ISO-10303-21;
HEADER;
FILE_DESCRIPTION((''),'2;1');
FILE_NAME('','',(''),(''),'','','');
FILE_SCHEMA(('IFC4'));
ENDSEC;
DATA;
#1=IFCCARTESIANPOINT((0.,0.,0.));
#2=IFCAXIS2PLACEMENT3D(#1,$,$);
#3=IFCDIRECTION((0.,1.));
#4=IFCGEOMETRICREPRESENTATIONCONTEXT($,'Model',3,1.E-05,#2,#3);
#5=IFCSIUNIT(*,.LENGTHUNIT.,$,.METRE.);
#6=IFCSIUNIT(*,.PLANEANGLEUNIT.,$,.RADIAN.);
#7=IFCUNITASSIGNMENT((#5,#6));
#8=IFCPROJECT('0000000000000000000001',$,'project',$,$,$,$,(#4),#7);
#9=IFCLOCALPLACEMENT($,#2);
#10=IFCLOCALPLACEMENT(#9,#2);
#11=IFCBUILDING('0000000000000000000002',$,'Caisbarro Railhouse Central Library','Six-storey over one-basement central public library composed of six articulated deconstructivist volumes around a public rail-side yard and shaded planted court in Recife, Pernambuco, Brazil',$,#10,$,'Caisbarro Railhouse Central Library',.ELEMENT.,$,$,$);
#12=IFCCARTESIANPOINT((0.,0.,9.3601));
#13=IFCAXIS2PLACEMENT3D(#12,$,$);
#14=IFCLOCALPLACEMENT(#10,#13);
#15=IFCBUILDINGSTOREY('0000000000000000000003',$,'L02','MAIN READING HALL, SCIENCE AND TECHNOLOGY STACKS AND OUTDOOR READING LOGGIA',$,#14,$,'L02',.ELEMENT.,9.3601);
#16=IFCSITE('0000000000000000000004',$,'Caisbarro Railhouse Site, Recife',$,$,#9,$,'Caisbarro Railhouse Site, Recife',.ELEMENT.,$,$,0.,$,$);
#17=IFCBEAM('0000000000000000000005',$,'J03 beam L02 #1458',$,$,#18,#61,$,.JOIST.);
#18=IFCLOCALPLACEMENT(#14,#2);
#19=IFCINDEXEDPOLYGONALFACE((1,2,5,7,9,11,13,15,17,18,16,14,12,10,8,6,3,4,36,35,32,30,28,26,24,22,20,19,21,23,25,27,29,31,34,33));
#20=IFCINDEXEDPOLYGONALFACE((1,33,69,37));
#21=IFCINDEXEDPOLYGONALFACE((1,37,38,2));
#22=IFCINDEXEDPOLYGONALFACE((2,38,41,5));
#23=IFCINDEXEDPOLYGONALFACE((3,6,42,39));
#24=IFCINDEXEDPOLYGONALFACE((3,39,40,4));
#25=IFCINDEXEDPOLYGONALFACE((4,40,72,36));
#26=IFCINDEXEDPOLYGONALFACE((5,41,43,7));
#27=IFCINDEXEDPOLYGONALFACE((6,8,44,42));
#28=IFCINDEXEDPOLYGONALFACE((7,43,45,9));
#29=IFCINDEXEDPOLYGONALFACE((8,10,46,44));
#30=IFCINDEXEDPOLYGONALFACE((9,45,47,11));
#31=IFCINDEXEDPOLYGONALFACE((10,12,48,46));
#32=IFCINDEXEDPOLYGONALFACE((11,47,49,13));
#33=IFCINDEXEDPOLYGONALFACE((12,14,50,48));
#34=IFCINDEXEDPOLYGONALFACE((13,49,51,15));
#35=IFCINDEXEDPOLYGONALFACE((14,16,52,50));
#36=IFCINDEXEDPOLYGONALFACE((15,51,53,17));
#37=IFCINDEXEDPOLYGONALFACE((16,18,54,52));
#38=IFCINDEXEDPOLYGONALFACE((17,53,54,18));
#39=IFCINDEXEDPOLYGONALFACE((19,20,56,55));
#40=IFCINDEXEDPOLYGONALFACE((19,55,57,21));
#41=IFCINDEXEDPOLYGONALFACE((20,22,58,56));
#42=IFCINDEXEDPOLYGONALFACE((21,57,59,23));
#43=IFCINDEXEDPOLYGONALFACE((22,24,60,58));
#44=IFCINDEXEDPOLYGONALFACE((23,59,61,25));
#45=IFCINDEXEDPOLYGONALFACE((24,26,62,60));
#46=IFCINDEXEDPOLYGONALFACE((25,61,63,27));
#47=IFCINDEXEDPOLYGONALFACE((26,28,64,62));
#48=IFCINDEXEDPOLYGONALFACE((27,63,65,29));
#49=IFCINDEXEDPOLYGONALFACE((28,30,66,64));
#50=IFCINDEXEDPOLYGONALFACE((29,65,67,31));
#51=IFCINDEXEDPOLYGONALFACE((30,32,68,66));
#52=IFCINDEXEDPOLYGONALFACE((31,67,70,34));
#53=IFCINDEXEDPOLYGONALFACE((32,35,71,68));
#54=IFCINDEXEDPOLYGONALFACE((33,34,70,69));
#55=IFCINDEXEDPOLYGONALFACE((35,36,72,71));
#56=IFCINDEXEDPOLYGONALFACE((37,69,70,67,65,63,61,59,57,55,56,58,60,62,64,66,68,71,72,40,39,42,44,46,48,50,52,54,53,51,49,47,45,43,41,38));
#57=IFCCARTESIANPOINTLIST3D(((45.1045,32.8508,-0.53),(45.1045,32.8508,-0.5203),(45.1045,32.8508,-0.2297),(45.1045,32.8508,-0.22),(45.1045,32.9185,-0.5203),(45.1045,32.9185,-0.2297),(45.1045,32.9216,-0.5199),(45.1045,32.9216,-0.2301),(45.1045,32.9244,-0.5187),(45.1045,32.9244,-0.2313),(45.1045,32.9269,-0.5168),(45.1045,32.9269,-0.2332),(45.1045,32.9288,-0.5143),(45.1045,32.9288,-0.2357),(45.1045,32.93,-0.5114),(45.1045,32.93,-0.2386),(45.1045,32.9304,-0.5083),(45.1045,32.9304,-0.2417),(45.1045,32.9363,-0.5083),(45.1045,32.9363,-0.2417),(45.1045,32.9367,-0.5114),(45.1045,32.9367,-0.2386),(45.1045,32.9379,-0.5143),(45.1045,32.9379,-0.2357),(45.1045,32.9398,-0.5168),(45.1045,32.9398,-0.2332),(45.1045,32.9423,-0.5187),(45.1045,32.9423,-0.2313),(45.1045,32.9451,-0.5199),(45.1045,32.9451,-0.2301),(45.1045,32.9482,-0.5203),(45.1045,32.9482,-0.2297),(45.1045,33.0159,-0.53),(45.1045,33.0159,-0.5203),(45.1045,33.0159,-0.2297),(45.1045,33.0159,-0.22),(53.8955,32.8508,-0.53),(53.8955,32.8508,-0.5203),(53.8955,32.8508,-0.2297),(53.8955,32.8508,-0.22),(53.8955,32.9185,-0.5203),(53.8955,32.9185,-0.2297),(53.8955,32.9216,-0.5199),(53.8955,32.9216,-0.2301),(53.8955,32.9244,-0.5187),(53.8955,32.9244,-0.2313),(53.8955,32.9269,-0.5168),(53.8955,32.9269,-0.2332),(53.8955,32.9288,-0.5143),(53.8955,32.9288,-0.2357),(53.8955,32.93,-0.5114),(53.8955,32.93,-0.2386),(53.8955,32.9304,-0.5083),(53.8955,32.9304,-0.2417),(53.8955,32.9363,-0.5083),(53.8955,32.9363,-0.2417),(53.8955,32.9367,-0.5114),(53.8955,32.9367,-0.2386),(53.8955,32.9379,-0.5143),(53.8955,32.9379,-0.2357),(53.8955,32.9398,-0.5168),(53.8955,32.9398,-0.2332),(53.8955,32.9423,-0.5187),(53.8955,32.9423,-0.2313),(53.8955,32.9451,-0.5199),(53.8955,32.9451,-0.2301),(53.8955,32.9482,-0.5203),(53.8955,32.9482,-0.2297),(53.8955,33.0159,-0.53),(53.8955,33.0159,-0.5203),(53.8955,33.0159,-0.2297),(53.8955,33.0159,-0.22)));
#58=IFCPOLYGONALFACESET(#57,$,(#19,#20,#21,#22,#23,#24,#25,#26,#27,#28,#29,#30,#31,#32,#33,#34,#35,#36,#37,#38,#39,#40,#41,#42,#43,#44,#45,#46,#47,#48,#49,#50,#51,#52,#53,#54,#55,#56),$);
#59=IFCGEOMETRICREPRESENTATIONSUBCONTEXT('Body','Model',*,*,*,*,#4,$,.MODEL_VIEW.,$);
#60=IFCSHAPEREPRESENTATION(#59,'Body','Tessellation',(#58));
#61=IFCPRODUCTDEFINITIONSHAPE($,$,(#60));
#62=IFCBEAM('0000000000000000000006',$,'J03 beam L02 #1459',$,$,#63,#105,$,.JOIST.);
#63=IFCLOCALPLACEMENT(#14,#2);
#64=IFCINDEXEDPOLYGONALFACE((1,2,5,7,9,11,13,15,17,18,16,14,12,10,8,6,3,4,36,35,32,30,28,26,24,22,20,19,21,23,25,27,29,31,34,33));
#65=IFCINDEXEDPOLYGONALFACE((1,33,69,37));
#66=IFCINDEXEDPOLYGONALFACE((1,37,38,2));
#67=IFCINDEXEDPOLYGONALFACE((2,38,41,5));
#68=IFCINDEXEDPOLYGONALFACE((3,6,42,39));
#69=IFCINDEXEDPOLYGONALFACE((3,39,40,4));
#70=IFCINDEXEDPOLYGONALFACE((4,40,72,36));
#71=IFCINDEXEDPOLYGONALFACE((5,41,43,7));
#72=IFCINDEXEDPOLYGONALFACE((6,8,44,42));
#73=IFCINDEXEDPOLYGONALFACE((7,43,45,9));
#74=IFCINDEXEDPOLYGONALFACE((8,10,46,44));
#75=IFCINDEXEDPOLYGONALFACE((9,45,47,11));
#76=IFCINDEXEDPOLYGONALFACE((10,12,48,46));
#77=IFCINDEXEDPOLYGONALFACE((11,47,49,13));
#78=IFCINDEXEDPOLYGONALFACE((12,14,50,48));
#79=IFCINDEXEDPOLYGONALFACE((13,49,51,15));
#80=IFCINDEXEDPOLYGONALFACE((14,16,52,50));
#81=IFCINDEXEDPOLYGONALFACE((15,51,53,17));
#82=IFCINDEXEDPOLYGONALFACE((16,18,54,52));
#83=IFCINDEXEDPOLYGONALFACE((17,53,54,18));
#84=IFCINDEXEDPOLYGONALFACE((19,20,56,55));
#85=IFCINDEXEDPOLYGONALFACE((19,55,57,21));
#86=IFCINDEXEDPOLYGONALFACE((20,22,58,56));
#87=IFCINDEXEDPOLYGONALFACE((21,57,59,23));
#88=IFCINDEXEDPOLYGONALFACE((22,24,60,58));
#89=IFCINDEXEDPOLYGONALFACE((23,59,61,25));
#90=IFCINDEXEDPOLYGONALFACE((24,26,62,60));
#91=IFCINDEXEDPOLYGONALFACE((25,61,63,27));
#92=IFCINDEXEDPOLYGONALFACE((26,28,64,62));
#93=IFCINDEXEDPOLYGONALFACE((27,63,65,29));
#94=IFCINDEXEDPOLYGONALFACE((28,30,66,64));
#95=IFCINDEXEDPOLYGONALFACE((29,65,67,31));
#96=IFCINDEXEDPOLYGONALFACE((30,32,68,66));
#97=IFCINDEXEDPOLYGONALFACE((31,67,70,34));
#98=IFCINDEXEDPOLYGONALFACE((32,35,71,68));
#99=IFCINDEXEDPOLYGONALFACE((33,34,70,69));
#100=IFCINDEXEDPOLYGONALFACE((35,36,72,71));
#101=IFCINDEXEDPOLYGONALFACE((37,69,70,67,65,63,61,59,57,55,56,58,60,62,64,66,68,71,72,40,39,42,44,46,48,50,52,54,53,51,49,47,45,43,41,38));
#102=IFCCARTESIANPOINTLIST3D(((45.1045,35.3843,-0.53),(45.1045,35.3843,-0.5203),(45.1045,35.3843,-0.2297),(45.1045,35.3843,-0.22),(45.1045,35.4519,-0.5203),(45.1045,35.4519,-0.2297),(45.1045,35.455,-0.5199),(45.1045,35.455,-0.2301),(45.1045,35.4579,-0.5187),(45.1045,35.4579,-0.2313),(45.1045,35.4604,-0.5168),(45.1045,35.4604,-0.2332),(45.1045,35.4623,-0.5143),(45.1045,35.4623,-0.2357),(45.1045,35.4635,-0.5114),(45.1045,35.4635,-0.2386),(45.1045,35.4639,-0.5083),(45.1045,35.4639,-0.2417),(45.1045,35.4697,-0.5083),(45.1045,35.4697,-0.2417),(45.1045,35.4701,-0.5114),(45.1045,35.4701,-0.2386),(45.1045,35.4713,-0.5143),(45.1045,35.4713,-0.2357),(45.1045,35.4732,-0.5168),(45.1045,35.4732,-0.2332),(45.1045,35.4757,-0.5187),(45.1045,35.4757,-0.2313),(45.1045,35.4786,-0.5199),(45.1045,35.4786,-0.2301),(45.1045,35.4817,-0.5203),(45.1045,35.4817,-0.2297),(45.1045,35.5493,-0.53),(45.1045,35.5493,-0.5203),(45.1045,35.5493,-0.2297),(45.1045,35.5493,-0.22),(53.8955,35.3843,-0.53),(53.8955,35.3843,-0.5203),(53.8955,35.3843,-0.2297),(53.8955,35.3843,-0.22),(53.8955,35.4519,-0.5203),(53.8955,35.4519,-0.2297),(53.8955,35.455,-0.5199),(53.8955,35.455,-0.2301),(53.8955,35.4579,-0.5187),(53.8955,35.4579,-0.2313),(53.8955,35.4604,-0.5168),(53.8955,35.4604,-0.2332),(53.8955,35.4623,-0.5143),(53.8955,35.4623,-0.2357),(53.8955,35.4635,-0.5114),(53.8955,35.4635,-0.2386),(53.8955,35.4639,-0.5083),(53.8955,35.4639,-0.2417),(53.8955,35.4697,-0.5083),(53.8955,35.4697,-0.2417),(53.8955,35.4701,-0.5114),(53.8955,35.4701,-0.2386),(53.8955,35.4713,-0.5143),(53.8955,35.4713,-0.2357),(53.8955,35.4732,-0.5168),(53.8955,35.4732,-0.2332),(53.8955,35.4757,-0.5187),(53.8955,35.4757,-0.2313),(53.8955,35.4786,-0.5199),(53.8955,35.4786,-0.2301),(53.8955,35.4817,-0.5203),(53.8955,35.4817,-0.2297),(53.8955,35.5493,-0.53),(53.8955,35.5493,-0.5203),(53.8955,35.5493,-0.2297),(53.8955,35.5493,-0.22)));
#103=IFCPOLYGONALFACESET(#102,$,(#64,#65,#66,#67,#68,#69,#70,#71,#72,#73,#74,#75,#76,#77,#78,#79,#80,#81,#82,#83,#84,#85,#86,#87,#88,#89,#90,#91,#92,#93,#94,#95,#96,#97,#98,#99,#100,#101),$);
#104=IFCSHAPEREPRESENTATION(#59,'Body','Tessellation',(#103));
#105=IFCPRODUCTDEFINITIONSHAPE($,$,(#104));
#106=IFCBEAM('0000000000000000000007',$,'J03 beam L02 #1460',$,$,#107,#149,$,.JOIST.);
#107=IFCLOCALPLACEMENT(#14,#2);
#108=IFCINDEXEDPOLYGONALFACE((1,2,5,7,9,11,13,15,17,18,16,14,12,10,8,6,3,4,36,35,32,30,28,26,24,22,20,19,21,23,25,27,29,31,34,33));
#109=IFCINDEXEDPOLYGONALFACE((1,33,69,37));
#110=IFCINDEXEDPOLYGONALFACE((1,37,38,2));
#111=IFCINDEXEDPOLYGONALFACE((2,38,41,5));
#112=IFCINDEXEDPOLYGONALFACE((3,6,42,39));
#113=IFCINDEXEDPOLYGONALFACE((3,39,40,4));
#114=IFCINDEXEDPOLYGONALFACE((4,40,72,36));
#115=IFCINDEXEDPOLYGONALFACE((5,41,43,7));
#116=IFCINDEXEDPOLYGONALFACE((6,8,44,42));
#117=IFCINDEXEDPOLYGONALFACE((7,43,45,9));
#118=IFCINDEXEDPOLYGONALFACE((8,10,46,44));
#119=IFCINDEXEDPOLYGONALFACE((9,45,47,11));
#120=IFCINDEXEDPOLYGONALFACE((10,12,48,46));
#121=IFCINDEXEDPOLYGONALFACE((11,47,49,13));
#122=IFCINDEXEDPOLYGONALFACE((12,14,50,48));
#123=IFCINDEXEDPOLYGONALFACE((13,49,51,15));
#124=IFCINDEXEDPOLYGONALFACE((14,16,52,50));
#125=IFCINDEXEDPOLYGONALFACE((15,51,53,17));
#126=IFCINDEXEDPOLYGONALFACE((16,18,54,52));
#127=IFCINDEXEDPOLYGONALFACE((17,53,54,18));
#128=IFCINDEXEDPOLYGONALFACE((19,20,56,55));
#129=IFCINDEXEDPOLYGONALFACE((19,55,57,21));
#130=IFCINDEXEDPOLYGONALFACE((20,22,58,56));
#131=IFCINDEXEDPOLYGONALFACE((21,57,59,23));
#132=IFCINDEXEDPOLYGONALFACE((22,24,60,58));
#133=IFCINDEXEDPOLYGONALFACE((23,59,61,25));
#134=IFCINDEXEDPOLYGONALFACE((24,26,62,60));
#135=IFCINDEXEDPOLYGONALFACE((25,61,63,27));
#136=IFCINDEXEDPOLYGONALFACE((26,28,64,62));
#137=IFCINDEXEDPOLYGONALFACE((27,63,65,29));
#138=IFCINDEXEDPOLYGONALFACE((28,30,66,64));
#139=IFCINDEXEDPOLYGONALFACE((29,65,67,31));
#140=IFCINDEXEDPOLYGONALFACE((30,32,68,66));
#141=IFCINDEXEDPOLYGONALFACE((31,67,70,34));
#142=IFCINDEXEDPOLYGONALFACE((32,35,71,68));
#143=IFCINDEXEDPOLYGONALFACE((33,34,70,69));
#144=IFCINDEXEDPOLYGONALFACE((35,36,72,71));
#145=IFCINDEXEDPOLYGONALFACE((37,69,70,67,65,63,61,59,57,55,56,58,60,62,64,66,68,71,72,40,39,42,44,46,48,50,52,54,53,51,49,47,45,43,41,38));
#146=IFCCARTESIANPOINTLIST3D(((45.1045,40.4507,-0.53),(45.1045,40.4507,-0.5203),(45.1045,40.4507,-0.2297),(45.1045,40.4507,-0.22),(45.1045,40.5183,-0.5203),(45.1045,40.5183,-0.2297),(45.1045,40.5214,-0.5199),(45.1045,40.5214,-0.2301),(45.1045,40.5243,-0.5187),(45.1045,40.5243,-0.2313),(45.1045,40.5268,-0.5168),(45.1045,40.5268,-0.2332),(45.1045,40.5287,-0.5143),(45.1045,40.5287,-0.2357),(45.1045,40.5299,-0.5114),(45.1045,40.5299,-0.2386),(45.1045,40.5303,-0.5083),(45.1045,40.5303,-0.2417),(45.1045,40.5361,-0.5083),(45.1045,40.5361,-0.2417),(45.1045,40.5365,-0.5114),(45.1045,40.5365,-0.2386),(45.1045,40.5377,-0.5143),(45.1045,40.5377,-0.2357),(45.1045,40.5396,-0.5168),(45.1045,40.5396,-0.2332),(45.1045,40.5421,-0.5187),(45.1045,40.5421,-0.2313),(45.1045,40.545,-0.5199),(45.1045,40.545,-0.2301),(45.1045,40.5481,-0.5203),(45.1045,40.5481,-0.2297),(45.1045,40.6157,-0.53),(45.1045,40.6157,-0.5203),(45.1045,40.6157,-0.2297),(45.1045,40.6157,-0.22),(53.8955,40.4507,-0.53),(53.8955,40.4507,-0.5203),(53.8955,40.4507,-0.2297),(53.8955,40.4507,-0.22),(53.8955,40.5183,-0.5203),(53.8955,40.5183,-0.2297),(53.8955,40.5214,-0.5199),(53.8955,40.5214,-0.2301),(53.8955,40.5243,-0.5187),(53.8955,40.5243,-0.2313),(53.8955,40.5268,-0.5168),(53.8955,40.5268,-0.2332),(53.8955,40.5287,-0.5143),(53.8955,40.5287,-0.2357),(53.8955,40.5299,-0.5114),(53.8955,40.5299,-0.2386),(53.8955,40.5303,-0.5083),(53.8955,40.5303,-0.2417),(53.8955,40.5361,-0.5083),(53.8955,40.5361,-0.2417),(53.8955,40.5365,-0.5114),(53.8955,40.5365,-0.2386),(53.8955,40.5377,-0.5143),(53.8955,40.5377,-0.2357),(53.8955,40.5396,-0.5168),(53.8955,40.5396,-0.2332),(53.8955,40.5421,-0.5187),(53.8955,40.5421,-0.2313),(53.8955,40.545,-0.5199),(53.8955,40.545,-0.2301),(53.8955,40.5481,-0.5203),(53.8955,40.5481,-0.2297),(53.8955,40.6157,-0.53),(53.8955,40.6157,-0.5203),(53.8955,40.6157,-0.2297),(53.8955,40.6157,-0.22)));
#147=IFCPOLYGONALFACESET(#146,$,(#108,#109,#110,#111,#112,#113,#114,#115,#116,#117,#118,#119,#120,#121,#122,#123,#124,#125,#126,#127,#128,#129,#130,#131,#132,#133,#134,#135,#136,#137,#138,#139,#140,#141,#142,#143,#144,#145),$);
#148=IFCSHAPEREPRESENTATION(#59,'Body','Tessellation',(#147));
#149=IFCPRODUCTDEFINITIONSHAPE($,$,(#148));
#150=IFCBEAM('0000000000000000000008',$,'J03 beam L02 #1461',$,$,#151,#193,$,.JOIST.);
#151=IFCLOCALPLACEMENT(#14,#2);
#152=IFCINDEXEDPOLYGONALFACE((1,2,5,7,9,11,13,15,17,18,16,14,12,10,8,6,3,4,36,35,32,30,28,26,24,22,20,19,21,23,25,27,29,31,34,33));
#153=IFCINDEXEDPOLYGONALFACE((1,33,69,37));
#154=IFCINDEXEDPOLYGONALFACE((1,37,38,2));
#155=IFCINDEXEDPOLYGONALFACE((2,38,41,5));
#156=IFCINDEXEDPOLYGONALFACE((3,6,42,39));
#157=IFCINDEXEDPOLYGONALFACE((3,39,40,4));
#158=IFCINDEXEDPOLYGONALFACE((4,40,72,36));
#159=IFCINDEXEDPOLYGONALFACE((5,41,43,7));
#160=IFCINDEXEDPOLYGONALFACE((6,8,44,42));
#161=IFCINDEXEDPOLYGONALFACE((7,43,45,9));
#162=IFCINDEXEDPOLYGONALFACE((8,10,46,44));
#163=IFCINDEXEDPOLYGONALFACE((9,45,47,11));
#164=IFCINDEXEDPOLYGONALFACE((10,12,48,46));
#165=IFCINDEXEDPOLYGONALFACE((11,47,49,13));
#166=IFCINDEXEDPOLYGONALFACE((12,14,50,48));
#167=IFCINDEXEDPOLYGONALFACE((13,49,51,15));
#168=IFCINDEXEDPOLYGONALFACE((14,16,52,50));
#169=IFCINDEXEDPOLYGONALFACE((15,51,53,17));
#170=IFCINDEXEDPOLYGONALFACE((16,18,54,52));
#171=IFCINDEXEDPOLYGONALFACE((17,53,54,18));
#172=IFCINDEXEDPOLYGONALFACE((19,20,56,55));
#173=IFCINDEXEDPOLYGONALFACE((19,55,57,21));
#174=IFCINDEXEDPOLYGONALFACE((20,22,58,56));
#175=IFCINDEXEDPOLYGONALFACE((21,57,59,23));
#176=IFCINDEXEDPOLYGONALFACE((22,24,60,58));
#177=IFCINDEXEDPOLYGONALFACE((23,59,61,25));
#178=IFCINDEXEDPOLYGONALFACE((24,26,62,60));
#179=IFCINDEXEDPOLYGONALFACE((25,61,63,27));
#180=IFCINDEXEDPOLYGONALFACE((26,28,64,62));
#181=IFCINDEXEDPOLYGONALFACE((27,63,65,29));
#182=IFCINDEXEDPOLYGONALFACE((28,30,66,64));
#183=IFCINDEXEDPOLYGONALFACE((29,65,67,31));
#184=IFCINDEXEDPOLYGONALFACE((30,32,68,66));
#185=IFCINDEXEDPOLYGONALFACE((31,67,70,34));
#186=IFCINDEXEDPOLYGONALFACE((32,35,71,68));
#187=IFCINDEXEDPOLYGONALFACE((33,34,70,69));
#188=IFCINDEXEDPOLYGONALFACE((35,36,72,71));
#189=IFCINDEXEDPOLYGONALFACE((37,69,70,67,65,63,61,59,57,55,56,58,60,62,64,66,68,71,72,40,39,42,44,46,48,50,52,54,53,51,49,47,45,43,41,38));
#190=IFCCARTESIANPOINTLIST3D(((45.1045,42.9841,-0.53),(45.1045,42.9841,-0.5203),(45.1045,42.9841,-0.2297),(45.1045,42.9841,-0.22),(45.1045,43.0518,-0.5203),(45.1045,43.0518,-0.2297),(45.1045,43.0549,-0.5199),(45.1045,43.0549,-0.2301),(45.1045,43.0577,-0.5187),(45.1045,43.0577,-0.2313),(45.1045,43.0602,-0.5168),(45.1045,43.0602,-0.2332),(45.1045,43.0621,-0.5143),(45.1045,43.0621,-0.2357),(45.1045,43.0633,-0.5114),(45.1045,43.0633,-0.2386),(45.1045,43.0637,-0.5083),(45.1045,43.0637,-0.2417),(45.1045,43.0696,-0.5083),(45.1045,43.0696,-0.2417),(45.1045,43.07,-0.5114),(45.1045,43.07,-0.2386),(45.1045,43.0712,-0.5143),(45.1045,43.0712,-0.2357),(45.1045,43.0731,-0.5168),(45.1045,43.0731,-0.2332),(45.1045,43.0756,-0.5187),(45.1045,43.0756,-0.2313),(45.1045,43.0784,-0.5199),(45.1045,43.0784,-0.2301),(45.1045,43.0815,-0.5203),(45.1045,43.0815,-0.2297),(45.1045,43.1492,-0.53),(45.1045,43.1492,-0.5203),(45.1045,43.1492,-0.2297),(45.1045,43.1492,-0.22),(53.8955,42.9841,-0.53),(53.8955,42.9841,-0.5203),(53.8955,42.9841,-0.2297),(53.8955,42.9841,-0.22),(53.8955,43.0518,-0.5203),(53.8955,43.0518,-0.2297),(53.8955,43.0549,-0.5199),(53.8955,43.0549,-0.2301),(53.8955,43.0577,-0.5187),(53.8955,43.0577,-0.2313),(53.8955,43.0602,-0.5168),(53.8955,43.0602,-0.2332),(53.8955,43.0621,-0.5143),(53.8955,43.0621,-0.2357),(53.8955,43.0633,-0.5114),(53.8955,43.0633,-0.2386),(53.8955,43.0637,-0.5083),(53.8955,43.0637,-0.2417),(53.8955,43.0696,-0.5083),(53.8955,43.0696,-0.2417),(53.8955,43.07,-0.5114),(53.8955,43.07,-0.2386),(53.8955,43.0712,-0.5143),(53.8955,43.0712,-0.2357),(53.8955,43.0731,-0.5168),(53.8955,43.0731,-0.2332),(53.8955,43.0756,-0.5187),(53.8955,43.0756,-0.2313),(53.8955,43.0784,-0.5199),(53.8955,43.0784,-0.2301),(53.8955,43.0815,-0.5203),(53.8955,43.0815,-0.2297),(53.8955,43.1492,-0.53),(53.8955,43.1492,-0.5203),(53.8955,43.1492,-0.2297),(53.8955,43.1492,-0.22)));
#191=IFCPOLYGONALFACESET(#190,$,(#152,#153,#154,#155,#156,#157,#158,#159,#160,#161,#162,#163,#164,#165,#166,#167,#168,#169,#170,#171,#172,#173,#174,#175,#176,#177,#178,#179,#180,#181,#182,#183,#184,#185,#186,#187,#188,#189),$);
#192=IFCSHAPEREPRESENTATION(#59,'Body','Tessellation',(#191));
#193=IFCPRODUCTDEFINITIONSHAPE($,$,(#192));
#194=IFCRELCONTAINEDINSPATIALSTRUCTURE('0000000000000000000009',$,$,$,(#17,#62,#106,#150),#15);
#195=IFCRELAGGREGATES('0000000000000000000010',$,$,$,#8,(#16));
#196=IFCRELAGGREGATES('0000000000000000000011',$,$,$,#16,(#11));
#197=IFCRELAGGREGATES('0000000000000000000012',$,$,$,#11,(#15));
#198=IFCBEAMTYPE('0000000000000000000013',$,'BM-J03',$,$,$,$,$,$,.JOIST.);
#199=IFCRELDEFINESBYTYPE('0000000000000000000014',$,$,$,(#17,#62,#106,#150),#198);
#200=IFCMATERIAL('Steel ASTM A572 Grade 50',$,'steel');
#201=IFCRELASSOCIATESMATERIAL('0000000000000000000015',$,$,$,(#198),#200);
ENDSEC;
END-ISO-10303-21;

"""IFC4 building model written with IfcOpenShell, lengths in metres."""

from ifc_helpers import new_model, si_unit, direction, frame, origin, origin_2d, place, context, subcontext, project, spatial, i_section, extrude, material, material_profile, profile_set, type_object, element, save


model = new_model("IFC4")

# Units and contexts
model_context = context("Model", 3, precision=1e-05, world=origin(), true_north=direction((0.0, 1.0)))
body_context = subcontext(model_context, "Body", "Model", "MODEL_VIEW")
ifc_project = project(units=[si_unit("LENGTHUNIT", "METRE"), si_unit("PLANEANGLEUNIT", "RADIAN")], contexts=[model_context])

# Site, building, storey
site_placement = place(None, origin())
site = spatial("IfcSite", under=ifc_project, at=site_placement, Name="Caisbarro Railhouse Site, Recife", LongName="Caisbarro Railhouse Site, Recife", CompositionType="ELEMENT", RefElevation=0.0)
building_placement = place(site_placement, origin())
building = spatial("IfcBuilding", under=site, at=building_placement, Name="Caisbarro Railhouse Central Library", Description="Six-storey over one-basement central public library composed of six articulated deconstructivist volumes around a public rail-side yard and shaded planted court in Recife, Pernambuco, Brazil", LongName="Caisbarro Railhouse Central Library", CompositionType="ELEMENT")
storey_placement = place(building_placement, frame((0.0, 0.0, 9.3601)))
storey = spatial("IfcBuildingStorey", under=building, at=storey_placement, Name="L02", Description="MAIN READING HALL, SCIENCE AND TECHNOLOGY STACKS AND OUTDOOR READING LOGGIA", LongName="L02", CompositionType="ELEMENT", Elevation=9.3601)

# Shared definitions
ifc_material_1 = material(Name="Steel ASTM A572 Grade 50", Category="steel")

# Beams
ifc_material_profile_1 = material_profile(ifc_material_1, i_section(OverallWidth=0.165, OverallDepth=0.3101, WebThickness=0.0059, FlangeThickness=0.0098, FilletRadius=0.012, at=origin_2d()), Name="W310X38.7")
ifc_profile_set_1 = profile_set([ifc_material_profile_1], Name="Steel ASTM A572 Grade 50")
beam_type_1 = type_object("IfcBeamType", Name="BM-J03", PredefinedType="JOIST", material=ifc_profile_set_1)
for number, where, z_axis, x_axis, name in (
    (1, (45.1045, 32.9333, -0.375), (1.0, 0.0, 0.0), (0.0, 1.0, 0.0), "J03 beam L02 #1458"),
    (2, (45.1045, 35.4668, -0.375), (1.0, 0.0, 0.0), (0.0, 1.0, 0.0), "J03 beam L02 #1459"),
    (3, (45.1045, 40.5332, -0.375), (1.0, 0.0, 0.0), (0.0, 1.0, 0.0), "J03 beam L02 #1460"),
    (4, (45.1045, 43.0667, -0.375), (1.0, 0.0, 0.0), (0.0, 1.0, 0.0), "J03 beam L02 #1461"),
):
    element("IfcBeam", number, at=place(storey_placement, frame(where, z_axis=z_axis, x_axis=x_axis)), inside=storey, type_object=beam_type_1, Name=name, PredefinedType="JOIST", context=body_context, shape_type="SweptSolid", body=[
        extrude(i_section(OverallWidth=0.165, OverallDepth=0.3101, WebThickness=0.0059, FlangeThickness=0.0098, FilletRadius=0.012, at=origin_2d()), origin(), (0.0, 0.0, 1.0), 8.791),
    ])

save(model, "model.ifc")
